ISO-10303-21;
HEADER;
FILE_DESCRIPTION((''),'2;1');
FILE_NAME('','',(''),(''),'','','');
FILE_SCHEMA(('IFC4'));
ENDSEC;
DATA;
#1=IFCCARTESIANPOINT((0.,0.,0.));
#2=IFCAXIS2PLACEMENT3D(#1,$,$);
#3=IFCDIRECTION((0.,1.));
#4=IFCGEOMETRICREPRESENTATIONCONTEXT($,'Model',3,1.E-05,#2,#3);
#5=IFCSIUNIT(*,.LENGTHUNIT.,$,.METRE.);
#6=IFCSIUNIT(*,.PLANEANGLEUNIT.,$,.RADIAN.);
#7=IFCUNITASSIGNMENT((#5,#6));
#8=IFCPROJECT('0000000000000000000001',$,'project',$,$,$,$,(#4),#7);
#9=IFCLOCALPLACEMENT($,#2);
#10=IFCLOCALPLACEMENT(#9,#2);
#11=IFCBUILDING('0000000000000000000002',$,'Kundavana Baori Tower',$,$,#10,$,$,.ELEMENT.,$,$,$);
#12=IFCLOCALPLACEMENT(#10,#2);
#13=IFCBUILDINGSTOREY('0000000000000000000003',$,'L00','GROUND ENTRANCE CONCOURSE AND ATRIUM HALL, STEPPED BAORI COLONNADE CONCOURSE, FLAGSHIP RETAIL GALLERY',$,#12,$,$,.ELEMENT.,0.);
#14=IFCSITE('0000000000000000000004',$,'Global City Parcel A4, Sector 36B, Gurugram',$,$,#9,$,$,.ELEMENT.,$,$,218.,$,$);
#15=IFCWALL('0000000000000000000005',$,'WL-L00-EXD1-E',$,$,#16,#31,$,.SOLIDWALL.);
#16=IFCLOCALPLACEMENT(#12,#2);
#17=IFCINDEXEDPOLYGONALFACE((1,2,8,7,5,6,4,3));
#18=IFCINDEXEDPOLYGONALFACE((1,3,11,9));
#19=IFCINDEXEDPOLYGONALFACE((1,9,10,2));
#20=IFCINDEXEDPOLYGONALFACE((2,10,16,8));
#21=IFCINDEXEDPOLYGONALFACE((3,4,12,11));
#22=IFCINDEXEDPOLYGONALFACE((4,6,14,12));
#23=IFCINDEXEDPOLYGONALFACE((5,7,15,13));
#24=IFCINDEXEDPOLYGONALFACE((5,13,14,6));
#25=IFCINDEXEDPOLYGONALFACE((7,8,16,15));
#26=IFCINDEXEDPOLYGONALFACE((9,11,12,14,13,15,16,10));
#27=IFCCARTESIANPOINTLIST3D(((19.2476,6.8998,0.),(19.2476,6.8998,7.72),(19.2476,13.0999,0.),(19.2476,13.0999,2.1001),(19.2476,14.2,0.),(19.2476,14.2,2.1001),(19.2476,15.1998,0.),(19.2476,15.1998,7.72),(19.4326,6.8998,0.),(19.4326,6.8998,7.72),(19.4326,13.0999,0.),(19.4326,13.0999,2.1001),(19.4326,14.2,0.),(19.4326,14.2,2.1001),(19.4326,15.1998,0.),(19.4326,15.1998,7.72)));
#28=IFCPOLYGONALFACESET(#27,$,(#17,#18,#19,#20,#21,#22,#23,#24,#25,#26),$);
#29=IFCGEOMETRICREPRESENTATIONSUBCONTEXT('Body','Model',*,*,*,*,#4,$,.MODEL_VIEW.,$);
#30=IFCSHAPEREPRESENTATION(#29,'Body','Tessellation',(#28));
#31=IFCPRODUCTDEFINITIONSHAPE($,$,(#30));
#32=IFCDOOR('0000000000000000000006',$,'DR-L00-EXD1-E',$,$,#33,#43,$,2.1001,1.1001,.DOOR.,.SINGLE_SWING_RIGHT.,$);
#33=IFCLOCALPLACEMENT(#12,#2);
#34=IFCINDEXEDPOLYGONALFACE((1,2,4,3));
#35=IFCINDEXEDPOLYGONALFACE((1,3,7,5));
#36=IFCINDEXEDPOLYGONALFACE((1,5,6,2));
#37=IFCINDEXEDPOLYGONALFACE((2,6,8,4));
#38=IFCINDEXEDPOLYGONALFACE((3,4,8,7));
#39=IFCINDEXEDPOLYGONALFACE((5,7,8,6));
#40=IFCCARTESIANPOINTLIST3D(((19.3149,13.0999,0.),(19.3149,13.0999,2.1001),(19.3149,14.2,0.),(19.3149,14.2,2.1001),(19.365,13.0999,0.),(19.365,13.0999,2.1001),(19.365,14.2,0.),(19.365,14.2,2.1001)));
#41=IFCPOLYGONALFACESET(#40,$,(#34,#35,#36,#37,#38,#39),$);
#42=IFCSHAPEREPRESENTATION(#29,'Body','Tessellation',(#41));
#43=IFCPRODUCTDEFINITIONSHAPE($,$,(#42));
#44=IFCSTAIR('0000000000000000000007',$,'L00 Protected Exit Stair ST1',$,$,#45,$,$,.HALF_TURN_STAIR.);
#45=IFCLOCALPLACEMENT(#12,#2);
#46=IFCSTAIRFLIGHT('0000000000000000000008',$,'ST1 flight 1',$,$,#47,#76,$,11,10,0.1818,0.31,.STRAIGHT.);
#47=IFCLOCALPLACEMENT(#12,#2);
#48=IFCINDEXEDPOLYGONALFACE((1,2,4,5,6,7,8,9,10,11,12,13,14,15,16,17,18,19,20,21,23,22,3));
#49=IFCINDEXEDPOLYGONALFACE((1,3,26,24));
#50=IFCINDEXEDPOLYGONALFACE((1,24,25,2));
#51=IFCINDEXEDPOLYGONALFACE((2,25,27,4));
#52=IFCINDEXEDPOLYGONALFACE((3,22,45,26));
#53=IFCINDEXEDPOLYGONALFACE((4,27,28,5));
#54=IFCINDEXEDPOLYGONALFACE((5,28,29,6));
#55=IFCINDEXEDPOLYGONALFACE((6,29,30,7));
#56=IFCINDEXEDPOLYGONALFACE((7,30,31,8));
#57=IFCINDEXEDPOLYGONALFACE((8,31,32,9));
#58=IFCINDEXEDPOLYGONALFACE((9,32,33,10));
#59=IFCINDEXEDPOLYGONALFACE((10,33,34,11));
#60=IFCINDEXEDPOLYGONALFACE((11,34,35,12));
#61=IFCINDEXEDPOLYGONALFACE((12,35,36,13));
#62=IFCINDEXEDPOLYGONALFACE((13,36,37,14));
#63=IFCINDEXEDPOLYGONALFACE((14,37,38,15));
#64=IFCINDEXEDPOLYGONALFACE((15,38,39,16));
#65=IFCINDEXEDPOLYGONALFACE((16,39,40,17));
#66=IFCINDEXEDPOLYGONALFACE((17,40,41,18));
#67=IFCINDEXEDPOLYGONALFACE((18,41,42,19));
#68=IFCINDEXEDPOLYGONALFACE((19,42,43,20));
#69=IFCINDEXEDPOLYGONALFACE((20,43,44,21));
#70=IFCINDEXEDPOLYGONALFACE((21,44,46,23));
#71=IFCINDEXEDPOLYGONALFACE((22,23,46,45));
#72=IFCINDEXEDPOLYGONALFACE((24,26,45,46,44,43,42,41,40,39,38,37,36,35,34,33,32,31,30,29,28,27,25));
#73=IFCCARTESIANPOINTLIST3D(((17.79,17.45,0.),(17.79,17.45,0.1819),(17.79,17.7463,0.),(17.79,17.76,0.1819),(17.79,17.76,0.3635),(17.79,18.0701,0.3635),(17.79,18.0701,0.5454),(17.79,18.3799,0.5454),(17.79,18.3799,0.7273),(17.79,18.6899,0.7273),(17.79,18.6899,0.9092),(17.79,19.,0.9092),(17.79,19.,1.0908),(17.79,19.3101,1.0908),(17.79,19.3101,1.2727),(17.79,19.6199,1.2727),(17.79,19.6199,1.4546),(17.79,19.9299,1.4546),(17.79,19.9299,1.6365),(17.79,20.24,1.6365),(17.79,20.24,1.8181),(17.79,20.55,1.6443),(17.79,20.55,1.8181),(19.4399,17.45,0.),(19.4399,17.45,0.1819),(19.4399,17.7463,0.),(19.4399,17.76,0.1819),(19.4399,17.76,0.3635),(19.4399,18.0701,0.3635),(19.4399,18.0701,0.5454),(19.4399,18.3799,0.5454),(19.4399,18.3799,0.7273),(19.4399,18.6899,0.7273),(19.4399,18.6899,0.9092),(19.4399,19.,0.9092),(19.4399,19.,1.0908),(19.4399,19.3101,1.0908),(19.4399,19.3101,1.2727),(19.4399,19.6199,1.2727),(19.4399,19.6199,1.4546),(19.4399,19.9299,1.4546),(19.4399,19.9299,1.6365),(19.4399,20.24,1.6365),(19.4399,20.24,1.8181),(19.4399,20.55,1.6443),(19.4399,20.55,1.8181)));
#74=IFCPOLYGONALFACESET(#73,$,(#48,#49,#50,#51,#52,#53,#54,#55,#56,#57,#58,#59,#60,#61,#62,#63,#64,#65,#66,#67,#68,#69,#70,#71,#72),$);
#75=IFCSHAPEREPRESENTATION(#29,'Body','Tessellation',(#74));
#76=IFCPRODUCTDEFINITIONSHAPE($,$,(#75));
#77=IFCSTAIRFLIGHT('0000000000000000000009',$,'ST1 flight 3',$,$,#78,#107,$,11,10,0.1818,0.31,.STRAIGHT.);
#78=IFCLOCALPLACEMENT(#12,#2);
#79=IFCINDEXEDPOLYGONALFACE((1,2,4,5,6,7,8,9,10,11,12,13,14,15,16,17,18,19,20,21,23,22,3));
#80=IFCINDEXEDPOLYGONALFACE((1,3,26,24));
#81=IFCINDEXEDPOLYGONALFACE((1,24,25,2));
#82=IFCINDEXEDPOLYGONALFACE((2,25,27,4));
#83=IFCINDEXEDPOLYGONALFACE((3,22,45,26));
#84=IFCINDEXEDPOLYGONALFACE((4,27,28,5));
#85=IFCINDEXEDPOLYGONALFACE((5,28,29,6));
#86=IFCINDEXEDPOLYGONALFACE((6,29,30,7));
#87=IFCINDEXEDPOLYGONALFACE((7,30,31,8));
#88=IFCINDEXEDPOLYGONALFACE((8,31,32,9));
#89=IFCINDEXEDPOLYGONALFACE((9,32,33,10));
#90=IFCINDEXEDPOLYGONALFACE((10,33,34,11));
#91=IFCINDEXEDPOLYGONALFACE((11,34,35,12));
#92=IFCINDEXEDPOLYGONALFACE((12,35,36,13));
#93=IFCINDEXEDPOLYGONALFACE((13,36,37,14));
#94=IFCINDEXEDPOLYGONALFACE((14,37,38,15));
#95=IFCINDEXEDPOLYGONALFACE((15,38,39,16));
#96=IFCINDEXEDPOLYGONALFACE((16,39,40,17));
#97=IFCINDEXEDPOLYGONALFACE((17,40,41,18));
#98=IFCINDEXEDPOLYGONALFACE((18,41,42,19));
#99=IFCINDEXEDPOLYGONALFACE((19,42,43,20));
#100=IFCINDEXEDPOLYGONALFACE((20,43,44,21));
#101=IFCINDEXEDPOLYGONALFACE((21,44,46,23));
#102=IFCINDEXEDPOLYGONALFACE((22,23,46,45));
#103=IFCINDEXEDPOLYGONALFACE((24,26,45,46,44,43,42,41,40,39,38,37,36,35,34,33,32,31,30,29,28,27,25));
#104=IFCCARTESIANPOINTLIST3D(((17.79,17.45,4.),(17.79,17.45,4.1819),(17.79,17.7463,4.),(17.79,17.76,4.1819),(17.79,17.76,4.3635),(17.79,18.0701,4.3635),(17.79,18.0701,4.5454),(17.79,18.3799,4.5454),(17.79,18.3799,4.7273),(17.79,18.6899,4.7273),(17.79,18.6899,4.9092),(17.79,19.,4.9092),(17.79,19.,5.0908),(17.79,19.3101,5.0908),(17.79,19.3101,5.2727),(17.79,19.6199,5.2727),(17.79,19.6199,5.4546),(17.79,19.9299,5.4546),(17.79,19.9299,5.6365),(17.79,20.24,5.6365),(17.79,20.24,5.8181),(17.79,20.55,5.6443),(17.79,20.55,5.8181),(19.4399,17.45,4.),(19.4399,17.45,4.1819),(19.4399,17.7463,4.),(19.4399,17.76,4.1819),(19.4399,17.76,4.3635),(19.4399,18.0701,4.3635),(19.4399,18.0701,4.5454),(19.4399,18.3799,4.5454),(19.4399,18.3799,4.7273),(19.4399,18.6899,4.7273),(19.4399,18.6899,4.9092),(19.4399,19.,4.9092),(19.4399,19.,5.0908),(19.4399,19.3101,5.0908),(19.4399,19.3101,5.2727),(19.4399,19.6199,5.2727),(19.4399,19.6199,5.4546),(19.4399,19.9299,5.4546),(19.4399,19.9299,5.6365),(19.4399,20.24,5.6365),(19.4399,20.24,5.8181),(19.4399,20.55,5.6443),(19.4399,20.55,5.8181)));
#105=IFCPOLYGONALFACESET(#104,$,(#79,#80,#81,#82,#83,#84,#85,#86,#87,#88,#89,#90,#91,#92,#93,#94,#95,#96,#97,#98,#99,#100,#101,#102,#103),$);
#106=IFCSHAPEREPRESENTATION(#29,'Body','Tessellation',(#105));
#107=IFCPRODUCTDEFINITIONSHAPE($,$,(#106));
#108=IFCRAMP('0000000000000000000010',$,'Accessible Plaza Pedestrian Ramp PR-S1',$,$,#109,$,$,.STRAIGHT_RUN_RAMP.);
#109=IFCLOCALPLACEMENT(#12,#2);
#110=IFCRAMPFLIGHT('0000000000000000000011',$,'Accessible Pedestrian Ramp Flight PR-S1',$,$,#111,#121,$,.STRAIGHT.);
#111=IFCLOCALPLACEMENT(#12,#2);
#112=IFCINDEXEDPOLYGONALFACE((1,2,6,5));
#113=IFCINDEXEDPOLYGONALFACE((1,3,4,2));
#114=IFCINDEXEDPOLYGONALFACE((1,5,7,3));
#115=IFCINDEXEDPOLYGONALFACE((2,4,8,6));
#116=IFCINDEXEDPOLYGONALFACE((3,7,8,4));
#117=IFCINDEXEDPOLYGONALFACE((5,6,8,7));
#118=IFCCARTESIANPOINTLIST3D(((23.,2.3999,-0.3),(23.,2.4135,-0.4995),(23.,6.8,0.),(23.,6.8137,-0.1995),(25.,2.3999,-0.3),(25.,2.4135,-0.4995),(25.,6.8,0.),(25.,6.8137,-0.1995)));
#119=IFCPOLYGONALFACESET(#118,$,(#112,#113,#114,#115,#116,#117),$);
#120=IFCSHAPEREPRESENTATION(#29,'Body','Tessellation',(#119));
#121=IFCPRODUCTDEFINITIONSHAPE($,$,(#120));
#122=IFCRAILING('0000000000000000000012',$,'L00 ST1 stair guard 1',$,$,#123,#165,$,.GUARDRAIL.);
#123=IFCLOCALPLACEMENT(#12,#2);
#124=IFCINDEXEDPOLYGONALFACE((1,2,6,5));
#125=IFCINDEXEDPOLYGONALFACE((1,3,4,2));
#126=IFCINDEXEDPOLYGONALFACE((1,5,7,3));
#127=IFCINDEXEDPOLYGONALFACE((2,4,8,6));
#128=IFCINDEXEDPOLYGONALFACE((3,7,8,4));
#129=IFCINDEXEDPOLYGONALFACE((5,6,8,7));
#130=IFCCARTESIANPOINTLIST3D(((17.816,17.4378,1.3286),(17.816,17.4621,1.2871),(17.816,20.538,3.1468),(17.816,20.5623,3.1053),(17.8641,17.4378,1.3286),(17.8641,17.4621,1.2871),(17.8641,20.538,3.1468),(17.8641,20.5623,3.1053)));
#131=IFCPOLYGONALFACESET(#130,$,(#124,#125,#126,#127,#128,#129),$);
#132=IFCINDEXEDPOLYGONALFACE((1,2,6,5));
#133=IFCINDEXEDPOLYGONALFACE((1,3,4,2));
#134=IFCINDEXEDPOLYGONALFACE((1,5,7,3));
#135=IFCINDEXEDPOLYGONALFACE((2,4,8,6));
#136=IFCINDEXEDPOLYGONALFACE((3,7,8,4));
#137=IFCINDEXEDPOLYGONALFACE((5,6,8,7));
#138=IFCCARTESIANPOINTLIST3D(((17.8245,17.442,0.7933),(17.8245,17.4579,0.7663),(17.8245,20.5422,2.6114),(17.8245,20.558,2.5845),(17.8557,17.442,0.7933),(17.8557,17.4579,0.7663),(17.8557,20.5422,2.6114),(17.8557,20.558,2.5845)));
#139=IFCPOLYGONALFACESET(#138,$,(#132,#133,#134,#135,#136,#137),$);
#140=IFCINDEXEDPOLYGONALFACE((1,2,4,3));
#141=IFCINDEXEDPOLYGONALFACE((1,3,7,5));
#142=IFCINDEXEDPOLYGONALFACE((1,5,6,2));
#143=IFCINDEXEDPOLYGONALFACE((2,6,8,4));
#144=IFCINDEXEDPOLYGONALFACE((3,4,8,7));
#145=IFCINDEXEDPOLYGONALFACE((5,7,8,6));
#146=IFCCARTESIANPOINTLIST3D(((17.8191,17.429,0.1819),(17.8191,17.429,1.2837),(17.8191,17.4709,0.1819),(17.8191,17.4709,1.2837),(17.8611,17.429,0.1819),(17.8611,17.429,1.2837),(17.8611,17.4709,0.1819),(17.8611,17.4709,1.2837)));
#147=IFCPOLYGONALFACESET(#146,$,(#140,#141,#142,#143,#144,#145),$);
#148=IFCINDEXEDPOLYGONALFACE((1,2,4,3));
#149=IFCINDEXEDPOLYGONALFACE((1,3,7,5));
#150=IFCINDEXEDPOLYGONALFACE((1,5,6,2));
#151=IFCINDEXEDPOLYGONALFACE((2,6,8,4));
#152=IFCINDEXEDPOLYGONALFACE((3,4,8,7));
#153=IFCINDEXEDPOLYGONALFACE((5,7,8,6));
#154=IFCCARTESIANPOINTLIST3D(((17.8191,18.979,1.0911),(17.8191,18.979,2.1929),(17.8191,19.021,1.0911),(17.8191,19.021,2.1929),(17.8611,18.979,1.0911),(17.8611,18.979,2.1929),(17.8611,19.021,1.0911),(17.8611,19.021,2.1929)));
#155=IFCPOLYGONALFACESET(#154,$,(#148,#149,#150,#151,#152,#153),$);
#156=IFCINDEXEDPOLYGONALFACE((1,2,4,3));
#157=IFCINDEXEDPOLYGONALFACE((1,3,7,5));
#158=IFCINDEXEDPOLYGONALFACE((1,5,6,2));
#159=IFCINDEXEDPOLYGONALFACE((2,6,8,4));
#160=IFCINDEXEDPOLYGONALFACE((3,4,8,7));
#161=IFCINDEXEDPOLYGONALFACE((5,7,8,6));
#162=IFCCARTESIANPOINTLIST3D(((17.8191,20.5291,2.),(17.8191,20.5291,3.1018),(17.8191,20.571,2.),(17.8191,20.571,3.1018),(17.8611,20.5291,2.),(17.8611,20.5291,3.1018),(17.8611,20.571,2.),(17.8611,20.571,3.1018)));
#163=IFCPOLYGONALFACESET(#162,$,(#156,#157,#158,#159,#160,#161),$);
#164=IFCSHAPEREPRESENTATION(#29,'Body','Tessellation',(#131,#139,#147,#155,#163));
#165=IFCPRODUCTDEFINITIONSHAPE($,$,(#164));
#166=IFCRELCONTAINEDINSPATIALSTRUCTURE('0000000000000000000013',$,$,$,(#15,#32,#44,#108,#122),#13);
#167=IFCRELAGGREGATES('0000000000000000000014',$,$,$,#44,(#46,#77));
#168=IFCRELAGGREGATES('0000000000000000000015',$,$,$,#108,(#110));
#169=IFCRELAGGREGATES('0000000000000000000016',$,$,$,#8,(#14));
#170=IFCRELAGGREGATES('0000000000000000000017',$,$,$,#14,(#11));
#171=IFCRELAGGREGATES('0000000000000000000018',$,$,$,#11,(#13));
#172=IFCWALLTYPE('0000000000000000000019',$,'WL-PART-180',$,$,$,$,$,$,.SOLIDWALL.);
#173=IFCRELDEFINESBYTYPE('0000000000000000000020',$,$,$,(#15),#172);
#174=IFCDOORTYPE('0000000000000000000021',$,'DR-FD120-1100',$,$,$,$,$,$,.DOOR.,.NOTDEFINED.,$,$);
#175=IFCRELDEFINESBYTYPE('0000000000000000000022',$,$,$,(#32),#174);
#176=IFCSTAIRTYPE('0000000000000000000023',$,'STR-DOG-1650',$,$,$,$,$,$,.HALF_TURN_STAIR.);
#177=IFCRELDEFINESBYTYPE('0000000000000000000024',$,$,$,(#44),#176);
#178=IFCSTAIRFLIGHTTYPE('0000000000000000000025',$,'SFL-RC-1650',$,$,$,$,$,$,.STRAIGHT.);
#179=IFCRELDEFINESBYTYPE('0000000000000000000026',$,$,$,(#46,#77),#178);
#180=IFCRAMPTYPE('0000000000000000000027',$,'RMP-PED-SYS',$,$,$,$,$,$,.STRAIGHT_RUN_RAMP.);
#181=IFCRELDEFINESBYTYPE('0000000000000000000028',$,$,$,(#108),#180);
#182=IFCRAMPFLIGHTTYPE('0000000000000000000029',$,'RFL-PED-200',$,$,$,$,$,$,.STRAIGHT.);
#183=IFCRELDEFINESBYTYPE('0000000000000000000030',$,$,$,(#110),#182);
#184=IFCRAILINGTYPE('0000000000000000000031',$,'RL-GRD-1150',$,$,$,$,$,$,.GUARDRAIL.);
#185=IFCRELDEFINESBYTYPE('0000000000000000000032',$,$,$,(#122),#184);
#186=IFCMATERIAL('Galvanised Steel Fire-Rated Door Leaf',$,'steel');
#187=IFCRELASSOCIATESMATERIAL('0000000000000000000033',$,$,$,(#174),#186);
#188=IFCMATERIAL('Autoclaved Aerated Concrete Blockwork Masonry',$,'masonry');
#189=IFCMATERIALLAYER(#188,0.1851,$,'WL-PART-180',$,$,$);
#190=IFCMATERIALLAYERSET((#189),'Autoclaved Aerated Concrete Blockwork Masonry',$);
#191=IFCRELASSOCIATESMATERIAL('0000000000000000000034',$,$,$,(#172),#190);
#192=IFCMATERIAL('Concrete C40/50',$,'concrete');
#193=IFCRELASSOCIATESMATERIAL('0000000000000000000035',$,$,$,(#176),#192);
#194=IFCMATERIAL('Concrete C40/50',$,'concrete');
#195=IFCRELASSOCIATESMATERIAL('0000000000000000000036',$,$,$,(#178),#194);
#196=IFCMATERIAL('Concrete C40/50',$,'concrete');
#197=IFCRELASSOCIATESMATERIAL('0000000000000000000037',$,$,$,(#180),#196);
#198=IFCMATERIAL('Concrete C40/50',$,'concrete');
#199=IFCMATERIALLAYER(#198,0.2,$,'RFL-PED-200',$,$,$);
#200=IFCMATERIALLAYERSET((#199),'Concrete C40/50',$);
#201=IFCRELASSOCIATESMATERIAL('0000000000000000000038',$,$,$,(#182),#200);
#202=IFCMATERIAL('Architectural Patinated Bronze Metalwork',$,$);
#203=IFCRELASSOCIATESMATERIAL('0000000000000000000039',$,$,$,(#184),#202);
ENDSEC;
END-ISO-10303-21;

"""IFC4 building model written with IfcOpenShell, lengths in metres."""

from ifc_helpers import new_model, si_unit, direction, frame, frame_2d, origin, origin_2d, place, context, subcontext, project, spatial, polyline, rectangle, outline, extrude, material, layer, layer_set, type_object, element, fill, aggregate, save


model = new_model("IFC4")

# Units and contexts
model_context = context("Model", 3, precision=1e-05, world=origin(), true_north=direction((0.0, 1.0)))
body_context = subcontext(model_context, "Body", "Model", "MODEL_VIEW")
ifc_project = project(units=[si_unit("LENGTHUNIT", "METRE"), si_unit("PLANEANGLEUNIT", "RADIAN")], contexts=[model_context])

# Site, building, storey
site_placement = place(None, origin())
site = spatial("IfcSite", under=ifc_project, at=site_placement, Name="Global City Parcel A4, Sector 36B, Gurugram", CompositionType="ELEMENT", RefElevation=218.0)
building_placement = place(site_placement, origin())
building = spatial("IfcBuilding", under=site, at=building_placement, Name="Kundavana Baori Tower", CompositionType="ELEMENT")
storey_placement = place(building_placement, origin())
storey = spatial("IfcBuildingStorey", under=building, at=storey_placement, Name="L00", Description="GROUND ENTRANCE CONCOURSE AND ATRIUM HALL, STEPPED BAORI COLONNADE CONCOURSE, FLAGSHIP RETAIL GALLERY", CompositionType="ELEMENT", Elevation=0.0)

# Shared definitions
ifc_material_1 = material(Name="Galvanised Steel Fire-Rated Door Leaf", Category="steel")
door_type_1 = type_object("IfcDoorType", Name="DR-FD120-1100", OperationType="NOTDEFINED", PredefinedType="DOOR", material=ifc_material_1)

# Wall, opening, door
ifc_material_2 = material(Name="Autoclaved Aerated Concrete Blockwork Masonry", Category="masonry")
ifc_layer_1 = layer(ifc_material_2, 0.1851, Name="WL-PART-180")
ifc_layer_set_1 = layer_set([ifc_layer_1], Name="Autoclaved Aerated Concrete Blockwork Masonry")
wall_type_1 = type_object("IfcWallType", Name="WL-PART-180", PredefinedType="SOLIDWALL", material=ifc_layer_set_1)
wall_1_placement = place(storey_placement, frame((19.3401, 6.8999, 0.0), z_axis=(0.0, 0.0, 1.0), x_axis=(0.0, 1.0, 0.0)))
wall_1 = element("IfcWall", 1, at=wall_1_placement, inside=storey, type_object=wall_type_1, Name="WL-L00-EXD1-E", PredefinedType="SOLIDWALL", context=body_context, shape_type="SweptSolid", body=[
    extrude(rectangle(XDim=8.3, YDim=0.1851, at=frame_2d((4.1499, 0.0))), origin(), (0.0, 0.0, 1.0), 7.72),
])
opening_1_placement = place(wall_1_placement, frame((6.2, 0.0, 0.0)))
opening_1 = element("IfcOpeningElement", 2, at=opening_1_placement, cuts=wall_1, PredefinedType="OPENING", context=body_context, shape_type="SweptSolid", body=[
    extrude(rectangle(XDim=1.1001, YDim=2.1001, at=frame_2d((0.55, 1.05))), frame((0.0, 0.1025, 0.0), z_axis=(0.0, -1.0, 0.0), x_axis=(1.0, 0.0, 0.0)), (0.0, 0.0, 1.0), 0.2051),
])
door_1_placement = place(opening_1_placement, frame((1.1001, 0.0, 0.0), z_axis=(0.0, 0.0, 1.0), x_axis=(-1.0, 0.0, 0.0)))
door_1 = element("IfcDoor", 3, at=door_1_placement, inside=storey, type_object=door_type_1, Name="DR-L00-EXD1-E", OperationType="SINGLE_SWING_RIGHT", OverallHeight=2.1001, OverallWidth=1.1001, PredefinedType="DOOR", context=body_context, shape_type="SweptSolid", body=[
    extrude(rectangle(XDim=1.1001, YDim=2.1001, at=frame_2d((0.55, 1.05))), frame((0.0, 0.0249, 0.0), z_axis=(0.0, -1.0, 0.0), x_axis=(1.0, 0.0, 0.0)), (0.0, 0.0, 1.0), 0.05),
])
fill(opening_1, door_1)

# Stair, stair flights
ifc_material_3 = material(Name="Concrete C40/50", Category="concrete")
stair_type = type_object("IfcStairType", Name="STR-DOG-1650", PredefinedType="HALF_TURN_STAIR", material=ifc_material_3)
stair_placement = place(storey_placement, origin())
stair = element("IfcStair", 4, at=stair_placement, inside=storey, type_object=stair_type, Name="L00 Protected Exit Stair ST1", PredefinedType="HALF_TURN_STAIR")
ifc_material_4 = material(Name="Concrete C40/50", Category="concrete")
stair_flight_type = type_object("IfcStairFlightType", Name="SFL-RC-1650", PredefinedType="STRAIGHT", material=ifc_material_4)
stair_flight_1_placement = place(storey_placement, frame((18.615, 17.45, 0.0), z_axis=(0.0, 0.0, 1.0), x_axis=(0.0, 1.0, 0.0)))
stair_flight_1 = element("IfcStairFlight", 5, at=stair_flight_1_placement, type_object=stair_flight_type, Name="ST1 flight 1", NumberOfRisers=11, NumberOfTreads=10, PredefinedType="STRAIGHT", RiserHeight=0.1818, TreadLength=0.31, context=body_context, shape_type="SweptSolid", body=[
    extrude(outline(polyline([(0.0, 0.0), (0.0, 0.1819), (0.3101, 0.1819), (0.3101, 0.3635), (0.6201, 0.3635), (0.6201, 0.5454), (0.9299, 0.5454), (0.9299, 0.7273), (1.24, 0.7273), (1.24, 0.9092), (1.55, 0.9092), (1.55, 1.0908), (1.8601, 1.0908), (1.8601, 1.2727), (2.1699, 1.2727), (2.1699, 1.4546), (2.48, 1.4546), (2.48, 1.6365), (2.79, 1.6365), (2.79, 1.8181), (3.1001, 1.8181), (3.1001, 2.0), (3.1001, 1.6443), (0.2964, 0.0), (0.0, 0.0)])), frame((0.0, 0.825, 0.0), z_axis=(0.0, -1.0, 0.0), x_axis=(1.0, 0.0, 0.0)), (0.0, 0.0, 1.0), 1.6499),
])
stair_flight_2_placement = place(storey_placement, frame((18.615, 17.45, 4.0), z_axis=(0.0, 0.0, 1.0), x_axis=(0.0, 1.0, 0.0)))
stair_flight_2 = element("IfcStairFlight", 6, at=stair_flight_2_placement, type_object=stair_flight_type, Name="ST1 flight 3", NumberOfRisers=11, NumberOfTreads=10, PredefinedType="STRAIGHT", RiserHeight=0.1818, TreadLength=0.31, context=body_context, shape_type="SweptSolid", body=[
    extrude(outline(polyline([(0.0, 0.0), (0.0, 0.1819), (0.3101, 0.1819), (0.3101, 0.3635), (0.6201, 0.3635), (0.6201, 0.5454), (0.9299, 0.5454), (0.9299, 0.7273), (1.24, 0.7273), (1.24, 0.9092), (1.55, 0.9092), (1.55, 1.0908), (1.8601, 1.0908), (1.8601, 1.2727), (2.1699, 1.2727), (2.1699, 1.4546), (2.48, 1.4546), (2.48, 1.6365), (2.79, 1.6365), (2.79, 1.8181), (3.1001, 1.8181), (3.1001, 2.0), (3.1001, 1.6443), (0.2964, 0.0), (0.0, 0.0)])), frame((0.0, 0.825, 0.0), z_axis=(0.0, -1.0, 0.0), x_axis=(1.0, 0.0, 0.0)), (0.0, 0.0, 1.0), 1.6499),
])
aggregate(stair, [stair_flight_1, stair_flight_2])

# Ramp, ramp flight
ifc_material_5 = material(Name="Concrete C40/50", Category="concrete")
ramp_type = type_object("IfcRampType", Name="RMP-PED-SYS", PredefinedType="STRAIGHT_RUN_RAMP", material=ifc_material_5)
ramp_placement = place(storey_placement, origin())
ramp = element("IfcRamp", 7, at=ramp_placement, inside=storey, type_object=ramp_type, Name="Accessible Plaza Pedestrian Ramp PR-S1", PredefinedType="STRAIGHT_RUN_RAMP")
ifc_material_6 = material(Name="Concrete C40/50", Category="concrete")
ifc_layer_2 = layer(ifc_material_6, 0.2, Name="RFL-PED-200")
ifc_layer_set_2 = layer_set([ifc_layer_2], Name="Concrete C40/50")
ramp_flight_type = type_object("IfcRampFlightType", Name="RFL-PED-200", PredefinedType="STRAIGHT", material=ifc_layer_set_2)
ramp_flight_placement = place(storey_placement, frame((23.0, 2.3999, -0.3), z_axis=(0.0, -0.068033, 0.997683), x_axis=(1.0, 0.0, 0.0)))
ramp_flight = element("IfcRampFlight", 8, at=ramp_flight_placement, type_object=ramp_flight_type, Name="Accessible Pedestrian Ramp Flight PR-S1", PredefinedType="STRAIGHT", context=body_context, shape_type="SweptSolid", body=[
    extrude(outline(polyline([(0.0, 0.0), (2.0, 0.0), (2.0, 4.4104), (0.0, 4.4104), (0.0, 0.0)])), origin(), (0.0, 0.0, -1.0), 0.2),
])
aggregate(ramp, [ramp_flight])

# Railing
ifc_material_7 = material(Name="Architectural Patinated Bronze Metalwork")
railing_type_1 = type_object("IfcRailingType", Name="RL-GRD-1150", PredefinedType="GUARDRAIL", material=ifc_material_7)
railing_1_placement = place(storey_placement, frame((17.8401, 17.45, 0.1819)))
element("IfcRailing", 9, at=railing_1_placement, inside=storey, type_object=railing_type_1, Name="L00 ST1 stair guard 1", PredefinedType="GUARDRAIL", context=body_context, shape_type="SweptSolid", body=[
    extrude(rectangle(XDim=0.0481, YDim=0.0481, at=origin_2d()), frame((0.0, 0.0, 1.126), z_axis=(0.0, 0.862599, 0.505889), x_axis=(-1.0, 0.0, 0.0)), (0.0, 0.0, 1.0), 3.594),
    extrude(rectangle(XDim=0.0312, YDim=0.0312, at=origin_2d()), frame((0.0, 0.0, 0.5979), z_axis=(0.0, 0.862599, 0.505889), x_axis=(-1.0, 0.0, 0.0)), (0.0, 0.0, 1.0), 3.594),
    extrude(rectangle(XDim=0.042, YDim=0.042, at=origin_2d()), origin(), (0.0, 0.0, 1.0), 1.1018),
    extrude(rectangle(XDim=0.042, YDim=0.042, at=origin_2d()), frame((0.0, 1.55, 0.9092)), (0.0, 0.0, 1.0), 1.1018),
    extrude(rectangle(XDim=0.042, YDim=0.042, at=origin_2d()), frame((0.0, 3.1001, 1.8181)), (0.0, 0.0, 1.0), 1.1018),
])

save(model, "model.ifc")
